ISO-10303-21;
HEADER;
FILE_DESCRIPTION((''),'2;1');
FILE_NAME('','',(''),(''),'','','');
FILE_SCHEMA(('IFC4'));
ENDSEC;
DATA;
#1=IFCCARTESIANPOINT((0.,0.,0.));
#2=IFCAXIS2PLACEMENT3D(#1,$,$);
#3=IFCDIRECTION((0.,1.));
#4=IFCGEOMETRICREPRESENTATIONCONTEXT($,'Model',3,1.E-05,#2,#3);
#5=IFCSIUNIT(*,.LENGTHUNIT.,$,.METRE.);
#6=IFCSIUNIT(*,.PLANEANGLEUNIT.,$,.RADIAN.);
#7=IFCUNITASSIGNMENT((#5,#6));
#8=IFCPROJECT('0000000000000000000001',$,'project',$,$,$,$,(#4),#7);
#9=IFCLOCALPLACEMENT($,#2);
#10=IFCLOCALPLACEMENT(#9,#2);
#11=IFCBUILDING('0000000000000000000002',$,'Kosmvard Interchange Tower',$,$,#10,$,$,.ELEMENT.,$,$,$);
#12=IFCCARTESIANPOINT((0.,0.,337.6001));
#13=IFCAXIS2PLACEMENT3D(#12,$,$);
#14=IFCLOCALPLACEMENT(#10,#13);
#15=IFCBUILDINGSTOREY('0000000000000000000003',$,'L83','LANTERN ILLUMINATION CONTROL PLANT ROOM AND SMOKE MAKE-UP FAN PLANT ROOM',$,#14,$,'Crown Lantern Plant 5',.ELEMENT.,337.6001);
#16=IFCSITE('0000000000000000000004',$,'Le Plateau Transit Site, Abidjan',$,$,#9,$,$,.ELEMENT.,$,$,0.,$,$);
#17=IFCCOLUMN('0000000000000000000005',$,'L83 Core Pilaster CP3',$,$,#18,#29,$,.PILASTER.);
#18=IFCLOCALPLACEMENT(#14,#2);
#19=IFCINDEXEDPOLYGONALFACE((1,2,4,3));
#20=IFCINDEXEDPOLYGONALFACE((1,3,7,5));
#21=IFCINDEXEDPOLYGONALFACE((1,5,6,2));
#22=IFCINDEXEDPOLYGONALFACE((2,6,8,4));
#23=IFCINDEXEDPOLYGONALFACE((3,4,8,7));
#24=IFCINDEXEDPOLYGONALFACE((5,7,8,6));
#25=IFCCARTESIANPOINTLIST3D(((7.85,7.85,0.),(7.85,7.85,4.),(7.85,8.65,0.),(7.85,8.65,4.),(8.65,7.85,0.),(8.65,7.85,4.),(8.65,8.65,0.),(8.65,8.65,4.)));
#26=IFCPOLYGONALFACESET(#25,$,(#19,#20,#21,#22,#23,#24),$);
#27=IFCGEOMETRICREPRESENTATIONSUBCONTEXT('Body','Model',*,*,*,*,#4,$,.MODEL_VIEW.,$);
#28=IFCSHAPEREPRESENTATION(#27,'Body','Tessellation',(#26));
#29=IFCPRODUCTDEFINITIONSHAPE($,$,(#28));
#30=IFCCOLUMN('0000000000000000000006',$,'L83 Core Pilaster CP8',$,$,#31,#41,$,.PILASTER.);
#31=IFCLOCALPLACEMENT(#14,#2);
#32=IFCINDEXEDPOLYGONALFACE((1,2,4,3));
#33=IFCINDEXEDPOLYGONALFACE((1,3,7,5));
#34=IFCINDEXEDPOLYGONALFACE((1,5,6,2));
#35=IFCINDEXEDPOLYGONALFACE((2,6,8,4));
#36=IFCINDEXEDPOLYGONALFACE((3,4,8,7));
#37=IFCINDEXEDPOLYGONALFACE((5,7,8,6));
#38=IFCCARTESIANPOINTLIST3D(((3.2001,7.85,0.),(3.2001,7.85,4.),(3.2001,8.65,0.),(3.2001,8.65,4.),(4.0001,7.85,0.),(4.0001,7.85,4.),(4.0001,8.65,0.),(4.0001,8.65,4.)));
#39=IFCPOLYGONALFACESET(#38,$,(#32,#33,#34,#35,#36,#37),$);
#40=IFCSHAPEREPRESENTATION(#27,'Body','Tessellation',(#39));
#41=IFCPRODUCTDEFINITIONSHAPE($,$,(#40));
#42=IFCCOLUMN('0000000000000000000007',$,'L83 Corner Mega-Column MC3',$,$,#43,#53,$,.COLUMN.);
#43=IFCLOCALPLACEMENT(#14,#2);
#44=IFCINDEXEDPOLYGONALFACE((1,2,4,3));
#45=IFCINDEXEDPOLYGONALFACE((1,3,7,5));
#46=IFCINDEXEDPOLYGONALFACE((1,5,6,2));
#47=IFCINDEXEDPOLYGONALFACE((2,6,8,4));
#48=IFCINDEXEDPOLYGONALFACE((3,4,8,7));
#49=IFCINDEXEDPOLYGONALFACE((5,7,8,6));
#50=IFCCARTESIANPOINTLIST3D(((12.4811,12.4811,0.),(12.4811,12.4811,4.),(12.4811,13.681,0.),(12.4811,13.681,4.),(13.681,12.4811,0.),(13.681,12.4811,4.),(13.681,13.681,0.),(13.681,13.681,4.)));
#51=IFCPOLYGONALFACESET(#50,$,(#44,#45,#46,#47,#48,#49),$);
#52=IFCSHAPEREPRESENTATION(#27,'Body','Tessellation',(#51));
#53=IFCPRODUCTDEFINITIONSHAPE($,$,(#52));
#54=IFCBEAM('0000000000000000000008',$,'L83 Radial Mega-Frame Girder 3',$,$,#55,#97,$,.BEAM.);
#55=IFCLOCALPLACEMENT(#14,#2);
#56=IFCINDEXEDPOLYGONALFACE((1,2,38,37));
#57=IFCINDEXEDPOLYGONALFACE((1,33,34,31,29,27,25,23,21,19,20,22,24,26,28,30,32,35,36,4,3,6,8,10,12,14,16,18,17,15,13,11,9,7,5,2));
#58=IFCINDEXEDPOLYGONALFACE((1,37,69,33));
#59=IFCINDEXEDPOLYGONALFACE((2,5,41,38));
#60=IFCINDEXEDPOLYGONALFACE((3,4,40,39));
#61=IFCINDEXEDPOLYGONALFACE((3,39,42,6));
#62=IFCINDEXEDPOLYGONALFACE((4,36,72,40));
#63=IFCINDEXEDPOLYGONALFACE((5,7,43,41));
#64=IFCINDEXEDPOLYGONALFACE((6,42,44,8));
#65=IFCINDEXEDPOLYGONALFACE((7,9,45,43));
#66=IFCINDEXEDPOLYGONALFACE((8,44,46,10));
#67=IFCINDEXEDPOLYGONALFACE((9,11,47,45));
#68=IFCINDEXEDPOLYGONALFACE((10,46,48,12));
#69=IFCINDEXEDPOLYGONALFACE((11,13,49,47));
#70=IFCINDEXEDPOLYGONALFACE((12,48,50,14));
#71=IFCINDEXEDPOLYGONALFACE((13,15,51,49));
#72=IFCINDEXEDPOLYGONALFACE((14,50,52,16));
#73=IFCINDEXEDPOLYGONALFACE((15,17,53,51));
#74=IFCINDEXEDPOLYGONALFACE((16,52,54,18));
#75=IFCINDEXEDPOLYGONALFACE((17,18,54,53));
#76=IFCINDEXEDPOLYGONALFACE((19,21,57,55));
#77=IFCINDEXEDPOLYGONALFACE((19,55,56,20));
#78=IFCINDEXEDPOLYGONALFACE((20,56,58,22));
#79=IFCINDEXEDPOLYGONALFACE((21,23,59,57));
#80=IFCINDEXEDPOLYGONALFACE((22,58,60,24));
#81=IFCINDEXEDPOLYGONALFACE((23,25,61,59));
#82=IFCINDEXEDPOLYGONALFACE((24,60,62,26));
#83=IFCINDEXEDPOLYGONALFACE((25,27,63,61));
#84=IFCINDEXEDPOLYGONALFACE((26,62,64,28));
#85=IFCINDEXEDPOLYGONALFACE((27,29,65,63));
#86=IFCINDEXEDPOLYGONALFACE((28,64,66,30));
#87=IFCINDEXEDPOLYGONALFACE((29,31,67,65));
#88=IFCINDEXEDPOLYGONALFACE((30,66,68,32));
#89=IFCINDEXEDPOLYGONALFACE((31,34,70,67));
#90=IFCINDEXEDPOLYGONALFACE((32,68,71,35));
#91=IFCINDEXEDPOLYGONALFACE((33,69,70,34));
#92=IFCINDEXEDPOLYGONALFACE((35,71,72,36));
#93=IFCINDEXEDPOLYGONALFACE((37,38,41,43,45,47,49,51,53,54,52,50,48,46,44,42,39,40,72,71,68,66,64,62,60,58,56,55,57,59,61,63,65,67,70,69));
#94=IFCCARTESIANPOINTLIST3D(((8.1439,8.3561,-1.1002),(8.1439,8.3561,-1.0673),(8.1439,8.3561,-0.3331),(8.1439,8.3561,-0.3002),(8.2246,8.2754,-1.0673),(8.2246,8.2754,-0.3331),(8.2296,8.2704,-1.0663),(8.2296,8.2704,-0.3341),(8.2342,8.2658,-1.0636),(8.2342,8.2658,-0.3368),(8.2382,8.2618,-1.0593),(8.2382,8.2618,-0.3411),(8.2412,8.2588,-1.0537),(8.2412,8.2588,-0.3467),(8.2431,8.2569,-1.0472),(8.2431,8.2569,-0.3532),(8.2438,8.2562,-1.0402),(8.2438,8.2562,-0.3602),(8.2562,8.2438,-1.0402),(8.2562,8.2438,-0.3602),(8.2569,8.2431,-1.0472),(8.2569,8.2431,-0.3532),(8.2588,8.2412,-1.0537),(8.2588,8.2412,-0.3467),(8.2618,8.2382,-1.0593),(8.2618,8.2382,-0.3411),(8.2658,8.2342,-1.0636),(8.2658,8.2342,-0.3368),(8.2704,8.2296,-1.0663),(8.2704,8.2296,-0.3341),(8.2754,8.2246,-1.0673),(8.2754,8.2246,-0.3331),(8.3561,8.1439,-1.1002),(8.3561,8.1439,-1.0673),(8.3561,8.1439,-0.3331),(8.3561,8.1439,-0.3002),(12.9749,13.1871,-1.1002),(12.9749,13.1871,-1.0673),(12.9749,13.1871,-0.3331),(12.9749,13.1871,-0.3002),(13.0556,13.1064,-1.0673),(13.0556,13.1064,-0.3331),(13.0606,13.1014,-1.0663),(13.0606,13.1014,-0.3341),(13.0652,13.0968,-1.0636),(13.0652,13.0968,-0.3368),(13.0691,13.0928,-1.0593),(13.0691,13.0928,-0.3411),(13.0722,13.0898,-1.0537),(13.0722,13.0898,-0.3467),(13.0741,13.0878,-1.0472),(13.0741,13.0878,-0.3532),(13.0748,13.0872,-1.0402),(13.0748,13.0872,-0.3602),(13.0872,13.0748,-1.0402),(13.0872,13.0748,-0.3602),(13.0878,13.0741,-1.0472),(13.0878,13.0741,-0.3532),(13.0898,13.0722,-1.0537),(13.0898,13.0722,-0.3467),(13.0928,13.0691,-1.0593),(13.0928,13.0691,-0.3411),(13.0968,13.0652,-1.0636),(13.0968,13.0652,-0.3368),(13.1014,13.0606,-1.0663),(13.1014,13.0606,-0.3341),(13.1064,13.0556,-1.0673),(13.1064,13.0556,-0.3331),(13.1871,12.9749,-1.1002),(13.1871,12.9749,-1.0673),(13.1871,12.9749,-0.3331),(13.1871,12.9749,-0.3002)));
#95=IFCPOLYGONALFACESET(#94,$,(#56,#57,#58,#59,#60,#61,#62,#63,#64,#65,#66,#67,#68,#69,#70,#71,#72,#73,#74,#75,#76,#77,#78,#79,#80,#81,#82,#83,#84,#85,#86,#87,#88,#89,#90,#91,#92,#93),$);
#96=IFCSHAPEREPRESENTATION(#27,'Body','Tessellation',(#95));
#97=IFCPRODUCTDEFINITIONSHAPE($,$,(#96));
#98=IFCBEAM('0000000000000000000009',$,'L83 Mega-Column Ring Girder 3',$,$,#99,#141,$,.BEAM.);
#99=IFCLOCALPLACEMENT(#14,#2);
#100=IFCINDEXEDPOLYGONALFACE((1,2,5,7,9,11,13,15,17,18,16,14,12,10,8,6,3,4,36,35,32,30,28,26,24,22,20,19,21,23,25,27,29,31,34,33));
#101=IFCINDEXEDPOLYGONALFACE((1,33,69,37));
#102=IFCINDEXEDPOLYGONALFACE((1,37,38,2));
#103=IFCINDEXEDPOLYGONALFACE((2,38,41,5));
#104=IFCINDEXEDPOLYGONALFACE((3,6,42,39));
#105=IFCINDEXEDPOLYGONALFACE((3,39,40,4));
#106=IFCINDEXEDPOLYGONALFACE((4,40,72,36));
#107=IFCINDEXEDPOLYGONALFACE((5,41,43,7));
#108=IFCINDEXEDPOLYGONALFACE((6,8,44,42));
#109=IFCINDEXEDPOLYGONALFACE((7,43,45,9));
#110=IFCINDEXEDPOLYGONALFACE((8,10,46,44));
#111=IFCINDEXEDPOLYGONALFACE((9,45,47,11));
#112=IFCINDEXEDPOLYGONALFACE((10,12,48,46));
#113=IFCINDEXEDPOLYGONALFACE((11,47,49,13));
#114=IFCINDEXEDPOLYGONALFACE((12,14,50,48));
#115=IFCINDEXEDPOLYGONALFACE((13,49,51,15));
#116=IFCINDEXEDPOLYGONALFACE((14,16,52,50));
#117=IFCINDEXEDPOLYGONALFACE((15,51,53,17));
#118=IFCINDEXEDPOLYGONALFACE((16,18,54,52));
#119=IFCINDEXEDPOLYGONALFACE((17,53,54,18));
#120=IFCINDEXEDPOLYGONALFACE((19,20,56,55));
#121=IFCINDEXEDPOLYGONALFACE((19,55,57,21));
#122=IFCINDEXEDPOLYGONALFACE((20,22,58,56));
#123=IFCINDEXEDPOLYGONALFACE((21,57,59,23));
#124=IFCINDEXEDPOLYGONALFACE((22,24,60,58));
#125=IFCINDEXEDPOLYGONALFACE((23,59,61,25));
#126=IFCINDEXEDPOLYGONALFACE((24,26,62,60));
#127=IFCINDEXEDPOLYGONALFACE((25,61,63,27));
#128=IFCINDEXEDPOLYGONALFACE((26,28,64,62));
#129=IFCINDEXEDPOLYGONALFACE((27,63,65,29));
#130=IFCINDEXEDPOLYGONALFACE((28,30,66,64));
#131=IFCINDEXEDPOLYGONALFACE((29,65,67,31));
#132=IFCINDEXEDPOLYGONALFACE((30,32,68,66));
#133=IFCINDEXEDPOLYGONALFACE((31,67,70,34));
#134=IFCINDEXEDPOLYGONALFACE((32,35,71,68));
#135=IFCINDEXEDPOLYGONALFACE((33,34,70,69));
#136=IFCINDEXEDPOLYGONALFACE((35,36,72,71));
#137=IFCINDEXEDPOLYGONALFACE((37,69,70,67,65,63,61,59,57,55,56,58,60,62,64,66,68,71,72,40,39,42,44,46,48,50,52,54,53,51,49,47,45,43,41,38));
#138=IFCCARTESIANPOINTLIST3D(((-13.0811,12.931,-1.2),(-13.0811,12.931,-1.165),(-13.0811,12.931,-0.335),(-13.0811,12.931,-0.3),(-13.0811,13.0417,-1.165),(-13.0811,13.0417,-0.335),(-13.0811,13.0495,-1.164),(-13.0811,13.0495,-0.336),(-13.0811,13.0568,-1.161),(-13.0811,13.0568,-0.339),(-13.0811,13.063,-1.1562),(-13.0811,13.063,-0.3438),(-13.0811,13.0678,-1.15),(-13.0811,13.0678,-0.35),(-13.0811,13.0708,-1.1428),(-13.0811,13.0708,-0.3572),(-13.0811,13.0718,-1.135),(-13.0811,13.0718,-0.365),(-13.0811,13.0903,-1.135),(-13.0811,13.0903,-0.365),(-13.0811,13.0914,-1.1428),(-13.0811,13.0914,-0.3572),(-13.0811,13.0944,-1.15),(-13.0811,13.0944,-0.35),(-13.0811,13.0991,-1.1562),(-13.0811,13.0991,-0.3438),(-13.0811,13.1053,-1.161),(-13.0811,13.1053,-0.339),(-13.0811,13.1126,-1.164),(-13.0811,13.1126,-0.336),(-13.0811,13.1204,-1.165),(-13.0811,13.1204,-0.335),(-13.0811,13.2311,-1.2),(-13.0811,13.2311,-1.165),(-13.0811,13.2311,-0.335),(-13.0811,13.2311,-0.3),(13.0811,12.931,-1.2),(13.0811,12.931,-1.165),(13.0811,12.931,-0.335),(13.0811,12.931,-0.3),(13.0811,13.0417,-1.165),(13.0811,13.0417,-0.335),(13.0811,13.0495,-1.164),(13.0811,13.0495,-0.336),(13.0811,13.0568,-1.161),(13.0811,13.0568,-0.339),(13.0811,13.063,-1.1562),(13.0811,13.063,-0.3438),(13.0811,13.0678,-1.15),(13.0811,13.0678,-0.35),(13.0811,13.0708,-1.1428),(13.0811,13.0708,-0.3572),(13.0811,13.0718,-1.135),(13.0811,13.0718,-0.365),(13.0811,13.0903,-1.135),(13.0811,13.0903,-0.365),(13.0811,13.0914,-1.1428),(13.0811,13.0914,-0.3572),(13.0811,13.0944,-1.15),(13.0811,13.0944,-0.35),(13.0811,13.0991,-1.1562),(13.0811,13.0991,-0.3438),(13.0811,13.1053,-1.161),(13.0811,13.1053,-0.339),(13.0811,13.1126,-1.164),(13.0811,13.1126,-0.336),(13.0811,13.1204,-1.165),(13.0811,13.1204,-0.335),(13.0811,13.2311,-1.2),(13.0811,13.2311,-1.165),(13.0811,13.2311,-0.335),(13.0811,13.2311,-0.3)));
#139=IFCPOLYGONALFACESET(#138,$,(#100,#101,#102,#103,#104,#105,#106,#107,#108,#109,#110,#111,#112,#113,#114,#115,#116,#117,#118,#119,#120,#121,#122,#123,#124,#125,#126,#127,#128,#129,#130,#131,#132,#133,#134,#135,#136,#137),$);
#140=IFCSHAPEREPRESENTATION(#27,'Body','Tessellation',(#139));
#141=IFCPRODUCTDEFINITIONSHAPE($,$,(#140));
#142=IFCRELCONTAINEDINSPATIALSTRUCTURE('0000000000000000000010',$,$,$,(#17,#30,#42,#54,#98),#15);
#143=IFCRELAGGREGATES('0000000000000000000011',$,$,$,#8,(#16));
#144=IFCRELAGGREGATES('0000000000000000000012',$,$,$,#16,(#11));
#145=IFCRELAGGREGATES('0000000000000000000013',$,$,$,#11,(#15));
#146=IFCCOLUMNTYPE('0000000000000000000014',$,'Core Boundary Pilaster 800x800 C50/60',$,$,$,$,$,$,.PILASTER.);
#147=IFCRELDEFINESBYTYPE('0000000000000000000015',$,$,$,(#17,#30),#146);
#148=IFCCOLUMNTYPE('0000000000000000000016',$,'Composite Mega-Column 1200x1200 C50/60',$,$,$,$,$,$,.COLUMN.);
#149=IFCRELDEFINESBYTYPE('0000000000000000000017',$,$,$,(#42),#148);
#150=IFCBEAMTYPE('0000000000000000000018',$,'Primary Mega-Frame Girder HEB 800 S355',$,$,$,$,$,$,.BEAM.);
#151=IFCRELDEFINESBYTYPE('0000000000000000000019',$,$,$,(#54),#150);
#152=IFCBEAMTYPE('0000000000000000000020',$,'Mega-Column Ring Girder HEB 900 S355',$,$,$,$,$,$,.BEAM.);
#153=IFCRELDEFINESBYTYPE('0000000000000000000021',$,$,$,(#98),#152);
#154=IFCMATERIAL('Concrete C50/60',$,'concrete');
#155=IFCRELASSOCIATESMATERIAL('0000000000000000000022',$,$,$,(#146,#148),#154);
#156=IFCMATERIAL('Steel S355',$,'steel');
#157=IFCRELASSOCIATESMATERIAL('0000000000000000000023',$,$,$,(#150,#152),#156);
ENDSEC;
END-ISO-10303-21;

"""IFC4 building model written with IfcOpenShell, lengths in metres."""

from ifc_helpers import new_model, si_unit, direction, frame, origin, origin_2d, place, context, subcontext, project, spatial, rectangle, i_section, extrude, source, transform, mapped, material, material_profile, profile_set, type_object, element, save


model = new_model("IFC4")

# Units and contexts
model_context = context("Model", 3, precision=1e-05, world=origin(), true_north=direction((0.0, 1.0)))
body_context = subcontext(model_context, "Body", "Model", "MODEL_VIEW")
ifc_project = project(units=[si_unit("LENGTHUNIT", "METRE"), si_unit("PLANEANGLEUNIT", "RADIAN")], contexts=[model_context])

# Site, building, storey
site_placement = place(None, origin())
site = spatial("IfcSite", under=ifc_project, at=site_placement, Name="Le Plateau Transit Site, Abidjan", CompositionType="ELEMENT", RefElevation=0.0)
building_placement = place(site_placement, origin())
building = spatial("IfcBuilding", under=site, at=building_placement, Name="Kosmvard Interchange Tower", CompositionType="ELEMENT")
storey_placement = place(building_placement, frame((0.0, 0.0, 337.6001)))
storey = spatial("IfcBuildingStorey", under=building, at=storey_placement, Name="L83", Description="LANTERN ILLUMINATION CONTROL PLANT ROOM AND SMOKE MAKE-UP FAN PLANT ROOM", LongName="Crown Lantern Plant 5", CompositionType="ELEMENT", Elevation=337.6001)

# Columns
ifc_material_1 = material(Name="Concrete C50/60", Category="concrete")
ifc_material_profile_1 = material_profile(ifc_material_1, rectangle(XDim=0.8, YDim=0.8, at=origin_2d()), Name="CP 800x800")
ifc_profile_set_1 = profile_set([ifc_material_profile_1], Name="Concrete C50/60")
column_type_1 = type_object("IfcColumnType", Name="Core Boundary Pilaster 800x800 C50/60", PredefinedType="PILASTER", material=ifc_profile_set_1)
shared_shape_1 = source(origin(), body_context, "Body", "SweptSolid", [
    extrude(rectangle(XDim=0.8, YDim=0.8, at=origin_2d()), origin(), (0.0, 0.0, 1.0), 4.0),
])
for number, where, z_axis, x_axis, name in (
    (1, (8.25, 8.25, 0.0), (0.0, 0.0, 1.0), (1.0, 0.0, 0.0), "L83 Core Pilaster CP3"),
    (2, (3.6001, 8.25, 0.0), (0.0, 0.0, 1.0), (1.0, 0.0, 0.0), "L83 Core Pilaster CP8"),
):
    element("IfcColumn", number, at=place(storey_placement, frame(where, z_axis=z_axis, x_axis=x_axis)), inside=storey, type_object=column_type_1, Name=name, PredefinedType="PILASTER", context=body_context, shape_type="MappedRepresentation", body=[
        mapped(shared_shape_1, transform((0.0, 0.0, 0.0), scale=1.0)),
    ])
ifc_material_profile_2 = material_profile(ifc_material_1, rectangle(XDim=1.2, YDim=1.2, at=origin_2d()), Name="MC 1200x1200")
ifc_profile_set_2 = profile_set([ifc_material_profile_2], Name="Concrete C50/60")
column_type_2 = type_object("IfcColumnType", Name="Composite Mega-Column 1200x1200 C50/60", PredefinedType="COLUMN", material=ifc_profile_set_2)
shared_shape_2 = source(origin(), body_context, "Body", "SweptSolid", [
    extrude(rectangle(XDim=1.2, YDim=1.2, at=origin_2d()), origin(), (0.0, 0.0, 1.0), 4.0),
])
column_placement = place(storey_placement, frame((13.0811, 13.0811, 0.0), z_axis=(0.0, 0.0, 1.0), x_axis=(1.0, 0.0, 0.0)))
element("IfcColumn", 3, at=column_placement, inside=storey, type_object=column_type_2, Name="L83 Corner Mega-Column MC3", PredefinedType="COLUMN", context=body_context, shape_type="MappedRepresentation", body=[
    mapped(shared_shape_2, transform((0.0, 0.0, 0.0), scale=1.0)),
])

# Beams
ifc_material_2 = material(Name="Steel S355", Category="steel")
ifc_material_profile_3 = material_profile(ifc_material_2, i_section(OverallWidth=0.3, OverallDepth=0.8, WebThickness=0.0176, FlangeThickness=0.033, FilletRadius=0.0271, at=origin_2d()), Name="HEB 800")
ifc_profile_set_3 = profile_set([ifc_material_profile_3], Name="Steel S355")
beam_type_1 = type_object("IfcBeamType", Name="Primary Mega-Frame Girder HEB 800 S355", PredefinedType="BEAM", material=ifc_profile_set_3)
shared_shape_3 = source(origin(), body_context, "Body", "SweptSolid", [
    extrude(i_section(OverallWidth=0.3, OverallDepth=0.8, WebThickness=0.0176, FlangeThickness=0.033, FilletRadius=0.0271, at=origin_2d()), origin(), (0.0, 0.0, 1.0), 6.832),
])
beam_1_placement = place(storey_placement, frame((8.25, 8.25, -0.7002), z_axis=(0.707107, 0.707107, 0.0), x_axis=(-0.707107, 0.707107, 0.0)))
element("IfcBeam", 4, at=beam_1_placement, inside=storey, type_object=beam_type_1, Name="L83 Radial Mega-Frame Girder 3", PredefinedType="BEAM", context=body_context, shape_type="MappedRepresentation", body=[
    mapped(shared_shape_3, transform((0.0, 0.0, 0.0), scale=1.0)),
])
ifc_material_profile_4 = material_profile(ifc_material_2, i_section(OverallWidth=0.3, OverallDepth=0.8999, WebThickness=0.0186, FlangeThickness=0.0349, FilletRadius=0.03, at=origin_2d()), Name="HEB 900")
ifc_profile_set_4 = profile_set([ifc_material_profile_4], Name="Steel S355")
beam_type_2 = type_object("IfcBeamType", Name="Mega-Column Ring Girder HEB 900 S355", PredefinedType="BEAM", material=ifc_profile_set_4)
shared_shape_4 = source(origin(), body_context, "Body", "SweptSolid", [
    extrude(i_section(OverallWidth=0.3, OverallDepth=0.8999, WebThickness=0.0186, FlangeThickness=0.0349, FilletRadius=0.03, at=origin_2d()), origin(), (0.0, 0.0, 1.0), 26.1621),
])
beam_2_placement = place(storey_placement, frame((13.0811, 13.0811, -0.75), z_axis=(-1.0, 0.0, 0.0), x_axis=(0.0, -1.0, 0.0)))
element("IfcBeam", 5, at=beam_2_placement, inside=storey, type_object=beam_type_2, Name="L83 Mega-Column Ring Girder 3", PredefinedType="BEAM", context=body_context, shape_type="MappedRepresentation", body=[
    mapped(shared_shape_4, transform((0.0, 0.0, 0.0), scale=1.0)),
])

save(model, "model.ifc")
